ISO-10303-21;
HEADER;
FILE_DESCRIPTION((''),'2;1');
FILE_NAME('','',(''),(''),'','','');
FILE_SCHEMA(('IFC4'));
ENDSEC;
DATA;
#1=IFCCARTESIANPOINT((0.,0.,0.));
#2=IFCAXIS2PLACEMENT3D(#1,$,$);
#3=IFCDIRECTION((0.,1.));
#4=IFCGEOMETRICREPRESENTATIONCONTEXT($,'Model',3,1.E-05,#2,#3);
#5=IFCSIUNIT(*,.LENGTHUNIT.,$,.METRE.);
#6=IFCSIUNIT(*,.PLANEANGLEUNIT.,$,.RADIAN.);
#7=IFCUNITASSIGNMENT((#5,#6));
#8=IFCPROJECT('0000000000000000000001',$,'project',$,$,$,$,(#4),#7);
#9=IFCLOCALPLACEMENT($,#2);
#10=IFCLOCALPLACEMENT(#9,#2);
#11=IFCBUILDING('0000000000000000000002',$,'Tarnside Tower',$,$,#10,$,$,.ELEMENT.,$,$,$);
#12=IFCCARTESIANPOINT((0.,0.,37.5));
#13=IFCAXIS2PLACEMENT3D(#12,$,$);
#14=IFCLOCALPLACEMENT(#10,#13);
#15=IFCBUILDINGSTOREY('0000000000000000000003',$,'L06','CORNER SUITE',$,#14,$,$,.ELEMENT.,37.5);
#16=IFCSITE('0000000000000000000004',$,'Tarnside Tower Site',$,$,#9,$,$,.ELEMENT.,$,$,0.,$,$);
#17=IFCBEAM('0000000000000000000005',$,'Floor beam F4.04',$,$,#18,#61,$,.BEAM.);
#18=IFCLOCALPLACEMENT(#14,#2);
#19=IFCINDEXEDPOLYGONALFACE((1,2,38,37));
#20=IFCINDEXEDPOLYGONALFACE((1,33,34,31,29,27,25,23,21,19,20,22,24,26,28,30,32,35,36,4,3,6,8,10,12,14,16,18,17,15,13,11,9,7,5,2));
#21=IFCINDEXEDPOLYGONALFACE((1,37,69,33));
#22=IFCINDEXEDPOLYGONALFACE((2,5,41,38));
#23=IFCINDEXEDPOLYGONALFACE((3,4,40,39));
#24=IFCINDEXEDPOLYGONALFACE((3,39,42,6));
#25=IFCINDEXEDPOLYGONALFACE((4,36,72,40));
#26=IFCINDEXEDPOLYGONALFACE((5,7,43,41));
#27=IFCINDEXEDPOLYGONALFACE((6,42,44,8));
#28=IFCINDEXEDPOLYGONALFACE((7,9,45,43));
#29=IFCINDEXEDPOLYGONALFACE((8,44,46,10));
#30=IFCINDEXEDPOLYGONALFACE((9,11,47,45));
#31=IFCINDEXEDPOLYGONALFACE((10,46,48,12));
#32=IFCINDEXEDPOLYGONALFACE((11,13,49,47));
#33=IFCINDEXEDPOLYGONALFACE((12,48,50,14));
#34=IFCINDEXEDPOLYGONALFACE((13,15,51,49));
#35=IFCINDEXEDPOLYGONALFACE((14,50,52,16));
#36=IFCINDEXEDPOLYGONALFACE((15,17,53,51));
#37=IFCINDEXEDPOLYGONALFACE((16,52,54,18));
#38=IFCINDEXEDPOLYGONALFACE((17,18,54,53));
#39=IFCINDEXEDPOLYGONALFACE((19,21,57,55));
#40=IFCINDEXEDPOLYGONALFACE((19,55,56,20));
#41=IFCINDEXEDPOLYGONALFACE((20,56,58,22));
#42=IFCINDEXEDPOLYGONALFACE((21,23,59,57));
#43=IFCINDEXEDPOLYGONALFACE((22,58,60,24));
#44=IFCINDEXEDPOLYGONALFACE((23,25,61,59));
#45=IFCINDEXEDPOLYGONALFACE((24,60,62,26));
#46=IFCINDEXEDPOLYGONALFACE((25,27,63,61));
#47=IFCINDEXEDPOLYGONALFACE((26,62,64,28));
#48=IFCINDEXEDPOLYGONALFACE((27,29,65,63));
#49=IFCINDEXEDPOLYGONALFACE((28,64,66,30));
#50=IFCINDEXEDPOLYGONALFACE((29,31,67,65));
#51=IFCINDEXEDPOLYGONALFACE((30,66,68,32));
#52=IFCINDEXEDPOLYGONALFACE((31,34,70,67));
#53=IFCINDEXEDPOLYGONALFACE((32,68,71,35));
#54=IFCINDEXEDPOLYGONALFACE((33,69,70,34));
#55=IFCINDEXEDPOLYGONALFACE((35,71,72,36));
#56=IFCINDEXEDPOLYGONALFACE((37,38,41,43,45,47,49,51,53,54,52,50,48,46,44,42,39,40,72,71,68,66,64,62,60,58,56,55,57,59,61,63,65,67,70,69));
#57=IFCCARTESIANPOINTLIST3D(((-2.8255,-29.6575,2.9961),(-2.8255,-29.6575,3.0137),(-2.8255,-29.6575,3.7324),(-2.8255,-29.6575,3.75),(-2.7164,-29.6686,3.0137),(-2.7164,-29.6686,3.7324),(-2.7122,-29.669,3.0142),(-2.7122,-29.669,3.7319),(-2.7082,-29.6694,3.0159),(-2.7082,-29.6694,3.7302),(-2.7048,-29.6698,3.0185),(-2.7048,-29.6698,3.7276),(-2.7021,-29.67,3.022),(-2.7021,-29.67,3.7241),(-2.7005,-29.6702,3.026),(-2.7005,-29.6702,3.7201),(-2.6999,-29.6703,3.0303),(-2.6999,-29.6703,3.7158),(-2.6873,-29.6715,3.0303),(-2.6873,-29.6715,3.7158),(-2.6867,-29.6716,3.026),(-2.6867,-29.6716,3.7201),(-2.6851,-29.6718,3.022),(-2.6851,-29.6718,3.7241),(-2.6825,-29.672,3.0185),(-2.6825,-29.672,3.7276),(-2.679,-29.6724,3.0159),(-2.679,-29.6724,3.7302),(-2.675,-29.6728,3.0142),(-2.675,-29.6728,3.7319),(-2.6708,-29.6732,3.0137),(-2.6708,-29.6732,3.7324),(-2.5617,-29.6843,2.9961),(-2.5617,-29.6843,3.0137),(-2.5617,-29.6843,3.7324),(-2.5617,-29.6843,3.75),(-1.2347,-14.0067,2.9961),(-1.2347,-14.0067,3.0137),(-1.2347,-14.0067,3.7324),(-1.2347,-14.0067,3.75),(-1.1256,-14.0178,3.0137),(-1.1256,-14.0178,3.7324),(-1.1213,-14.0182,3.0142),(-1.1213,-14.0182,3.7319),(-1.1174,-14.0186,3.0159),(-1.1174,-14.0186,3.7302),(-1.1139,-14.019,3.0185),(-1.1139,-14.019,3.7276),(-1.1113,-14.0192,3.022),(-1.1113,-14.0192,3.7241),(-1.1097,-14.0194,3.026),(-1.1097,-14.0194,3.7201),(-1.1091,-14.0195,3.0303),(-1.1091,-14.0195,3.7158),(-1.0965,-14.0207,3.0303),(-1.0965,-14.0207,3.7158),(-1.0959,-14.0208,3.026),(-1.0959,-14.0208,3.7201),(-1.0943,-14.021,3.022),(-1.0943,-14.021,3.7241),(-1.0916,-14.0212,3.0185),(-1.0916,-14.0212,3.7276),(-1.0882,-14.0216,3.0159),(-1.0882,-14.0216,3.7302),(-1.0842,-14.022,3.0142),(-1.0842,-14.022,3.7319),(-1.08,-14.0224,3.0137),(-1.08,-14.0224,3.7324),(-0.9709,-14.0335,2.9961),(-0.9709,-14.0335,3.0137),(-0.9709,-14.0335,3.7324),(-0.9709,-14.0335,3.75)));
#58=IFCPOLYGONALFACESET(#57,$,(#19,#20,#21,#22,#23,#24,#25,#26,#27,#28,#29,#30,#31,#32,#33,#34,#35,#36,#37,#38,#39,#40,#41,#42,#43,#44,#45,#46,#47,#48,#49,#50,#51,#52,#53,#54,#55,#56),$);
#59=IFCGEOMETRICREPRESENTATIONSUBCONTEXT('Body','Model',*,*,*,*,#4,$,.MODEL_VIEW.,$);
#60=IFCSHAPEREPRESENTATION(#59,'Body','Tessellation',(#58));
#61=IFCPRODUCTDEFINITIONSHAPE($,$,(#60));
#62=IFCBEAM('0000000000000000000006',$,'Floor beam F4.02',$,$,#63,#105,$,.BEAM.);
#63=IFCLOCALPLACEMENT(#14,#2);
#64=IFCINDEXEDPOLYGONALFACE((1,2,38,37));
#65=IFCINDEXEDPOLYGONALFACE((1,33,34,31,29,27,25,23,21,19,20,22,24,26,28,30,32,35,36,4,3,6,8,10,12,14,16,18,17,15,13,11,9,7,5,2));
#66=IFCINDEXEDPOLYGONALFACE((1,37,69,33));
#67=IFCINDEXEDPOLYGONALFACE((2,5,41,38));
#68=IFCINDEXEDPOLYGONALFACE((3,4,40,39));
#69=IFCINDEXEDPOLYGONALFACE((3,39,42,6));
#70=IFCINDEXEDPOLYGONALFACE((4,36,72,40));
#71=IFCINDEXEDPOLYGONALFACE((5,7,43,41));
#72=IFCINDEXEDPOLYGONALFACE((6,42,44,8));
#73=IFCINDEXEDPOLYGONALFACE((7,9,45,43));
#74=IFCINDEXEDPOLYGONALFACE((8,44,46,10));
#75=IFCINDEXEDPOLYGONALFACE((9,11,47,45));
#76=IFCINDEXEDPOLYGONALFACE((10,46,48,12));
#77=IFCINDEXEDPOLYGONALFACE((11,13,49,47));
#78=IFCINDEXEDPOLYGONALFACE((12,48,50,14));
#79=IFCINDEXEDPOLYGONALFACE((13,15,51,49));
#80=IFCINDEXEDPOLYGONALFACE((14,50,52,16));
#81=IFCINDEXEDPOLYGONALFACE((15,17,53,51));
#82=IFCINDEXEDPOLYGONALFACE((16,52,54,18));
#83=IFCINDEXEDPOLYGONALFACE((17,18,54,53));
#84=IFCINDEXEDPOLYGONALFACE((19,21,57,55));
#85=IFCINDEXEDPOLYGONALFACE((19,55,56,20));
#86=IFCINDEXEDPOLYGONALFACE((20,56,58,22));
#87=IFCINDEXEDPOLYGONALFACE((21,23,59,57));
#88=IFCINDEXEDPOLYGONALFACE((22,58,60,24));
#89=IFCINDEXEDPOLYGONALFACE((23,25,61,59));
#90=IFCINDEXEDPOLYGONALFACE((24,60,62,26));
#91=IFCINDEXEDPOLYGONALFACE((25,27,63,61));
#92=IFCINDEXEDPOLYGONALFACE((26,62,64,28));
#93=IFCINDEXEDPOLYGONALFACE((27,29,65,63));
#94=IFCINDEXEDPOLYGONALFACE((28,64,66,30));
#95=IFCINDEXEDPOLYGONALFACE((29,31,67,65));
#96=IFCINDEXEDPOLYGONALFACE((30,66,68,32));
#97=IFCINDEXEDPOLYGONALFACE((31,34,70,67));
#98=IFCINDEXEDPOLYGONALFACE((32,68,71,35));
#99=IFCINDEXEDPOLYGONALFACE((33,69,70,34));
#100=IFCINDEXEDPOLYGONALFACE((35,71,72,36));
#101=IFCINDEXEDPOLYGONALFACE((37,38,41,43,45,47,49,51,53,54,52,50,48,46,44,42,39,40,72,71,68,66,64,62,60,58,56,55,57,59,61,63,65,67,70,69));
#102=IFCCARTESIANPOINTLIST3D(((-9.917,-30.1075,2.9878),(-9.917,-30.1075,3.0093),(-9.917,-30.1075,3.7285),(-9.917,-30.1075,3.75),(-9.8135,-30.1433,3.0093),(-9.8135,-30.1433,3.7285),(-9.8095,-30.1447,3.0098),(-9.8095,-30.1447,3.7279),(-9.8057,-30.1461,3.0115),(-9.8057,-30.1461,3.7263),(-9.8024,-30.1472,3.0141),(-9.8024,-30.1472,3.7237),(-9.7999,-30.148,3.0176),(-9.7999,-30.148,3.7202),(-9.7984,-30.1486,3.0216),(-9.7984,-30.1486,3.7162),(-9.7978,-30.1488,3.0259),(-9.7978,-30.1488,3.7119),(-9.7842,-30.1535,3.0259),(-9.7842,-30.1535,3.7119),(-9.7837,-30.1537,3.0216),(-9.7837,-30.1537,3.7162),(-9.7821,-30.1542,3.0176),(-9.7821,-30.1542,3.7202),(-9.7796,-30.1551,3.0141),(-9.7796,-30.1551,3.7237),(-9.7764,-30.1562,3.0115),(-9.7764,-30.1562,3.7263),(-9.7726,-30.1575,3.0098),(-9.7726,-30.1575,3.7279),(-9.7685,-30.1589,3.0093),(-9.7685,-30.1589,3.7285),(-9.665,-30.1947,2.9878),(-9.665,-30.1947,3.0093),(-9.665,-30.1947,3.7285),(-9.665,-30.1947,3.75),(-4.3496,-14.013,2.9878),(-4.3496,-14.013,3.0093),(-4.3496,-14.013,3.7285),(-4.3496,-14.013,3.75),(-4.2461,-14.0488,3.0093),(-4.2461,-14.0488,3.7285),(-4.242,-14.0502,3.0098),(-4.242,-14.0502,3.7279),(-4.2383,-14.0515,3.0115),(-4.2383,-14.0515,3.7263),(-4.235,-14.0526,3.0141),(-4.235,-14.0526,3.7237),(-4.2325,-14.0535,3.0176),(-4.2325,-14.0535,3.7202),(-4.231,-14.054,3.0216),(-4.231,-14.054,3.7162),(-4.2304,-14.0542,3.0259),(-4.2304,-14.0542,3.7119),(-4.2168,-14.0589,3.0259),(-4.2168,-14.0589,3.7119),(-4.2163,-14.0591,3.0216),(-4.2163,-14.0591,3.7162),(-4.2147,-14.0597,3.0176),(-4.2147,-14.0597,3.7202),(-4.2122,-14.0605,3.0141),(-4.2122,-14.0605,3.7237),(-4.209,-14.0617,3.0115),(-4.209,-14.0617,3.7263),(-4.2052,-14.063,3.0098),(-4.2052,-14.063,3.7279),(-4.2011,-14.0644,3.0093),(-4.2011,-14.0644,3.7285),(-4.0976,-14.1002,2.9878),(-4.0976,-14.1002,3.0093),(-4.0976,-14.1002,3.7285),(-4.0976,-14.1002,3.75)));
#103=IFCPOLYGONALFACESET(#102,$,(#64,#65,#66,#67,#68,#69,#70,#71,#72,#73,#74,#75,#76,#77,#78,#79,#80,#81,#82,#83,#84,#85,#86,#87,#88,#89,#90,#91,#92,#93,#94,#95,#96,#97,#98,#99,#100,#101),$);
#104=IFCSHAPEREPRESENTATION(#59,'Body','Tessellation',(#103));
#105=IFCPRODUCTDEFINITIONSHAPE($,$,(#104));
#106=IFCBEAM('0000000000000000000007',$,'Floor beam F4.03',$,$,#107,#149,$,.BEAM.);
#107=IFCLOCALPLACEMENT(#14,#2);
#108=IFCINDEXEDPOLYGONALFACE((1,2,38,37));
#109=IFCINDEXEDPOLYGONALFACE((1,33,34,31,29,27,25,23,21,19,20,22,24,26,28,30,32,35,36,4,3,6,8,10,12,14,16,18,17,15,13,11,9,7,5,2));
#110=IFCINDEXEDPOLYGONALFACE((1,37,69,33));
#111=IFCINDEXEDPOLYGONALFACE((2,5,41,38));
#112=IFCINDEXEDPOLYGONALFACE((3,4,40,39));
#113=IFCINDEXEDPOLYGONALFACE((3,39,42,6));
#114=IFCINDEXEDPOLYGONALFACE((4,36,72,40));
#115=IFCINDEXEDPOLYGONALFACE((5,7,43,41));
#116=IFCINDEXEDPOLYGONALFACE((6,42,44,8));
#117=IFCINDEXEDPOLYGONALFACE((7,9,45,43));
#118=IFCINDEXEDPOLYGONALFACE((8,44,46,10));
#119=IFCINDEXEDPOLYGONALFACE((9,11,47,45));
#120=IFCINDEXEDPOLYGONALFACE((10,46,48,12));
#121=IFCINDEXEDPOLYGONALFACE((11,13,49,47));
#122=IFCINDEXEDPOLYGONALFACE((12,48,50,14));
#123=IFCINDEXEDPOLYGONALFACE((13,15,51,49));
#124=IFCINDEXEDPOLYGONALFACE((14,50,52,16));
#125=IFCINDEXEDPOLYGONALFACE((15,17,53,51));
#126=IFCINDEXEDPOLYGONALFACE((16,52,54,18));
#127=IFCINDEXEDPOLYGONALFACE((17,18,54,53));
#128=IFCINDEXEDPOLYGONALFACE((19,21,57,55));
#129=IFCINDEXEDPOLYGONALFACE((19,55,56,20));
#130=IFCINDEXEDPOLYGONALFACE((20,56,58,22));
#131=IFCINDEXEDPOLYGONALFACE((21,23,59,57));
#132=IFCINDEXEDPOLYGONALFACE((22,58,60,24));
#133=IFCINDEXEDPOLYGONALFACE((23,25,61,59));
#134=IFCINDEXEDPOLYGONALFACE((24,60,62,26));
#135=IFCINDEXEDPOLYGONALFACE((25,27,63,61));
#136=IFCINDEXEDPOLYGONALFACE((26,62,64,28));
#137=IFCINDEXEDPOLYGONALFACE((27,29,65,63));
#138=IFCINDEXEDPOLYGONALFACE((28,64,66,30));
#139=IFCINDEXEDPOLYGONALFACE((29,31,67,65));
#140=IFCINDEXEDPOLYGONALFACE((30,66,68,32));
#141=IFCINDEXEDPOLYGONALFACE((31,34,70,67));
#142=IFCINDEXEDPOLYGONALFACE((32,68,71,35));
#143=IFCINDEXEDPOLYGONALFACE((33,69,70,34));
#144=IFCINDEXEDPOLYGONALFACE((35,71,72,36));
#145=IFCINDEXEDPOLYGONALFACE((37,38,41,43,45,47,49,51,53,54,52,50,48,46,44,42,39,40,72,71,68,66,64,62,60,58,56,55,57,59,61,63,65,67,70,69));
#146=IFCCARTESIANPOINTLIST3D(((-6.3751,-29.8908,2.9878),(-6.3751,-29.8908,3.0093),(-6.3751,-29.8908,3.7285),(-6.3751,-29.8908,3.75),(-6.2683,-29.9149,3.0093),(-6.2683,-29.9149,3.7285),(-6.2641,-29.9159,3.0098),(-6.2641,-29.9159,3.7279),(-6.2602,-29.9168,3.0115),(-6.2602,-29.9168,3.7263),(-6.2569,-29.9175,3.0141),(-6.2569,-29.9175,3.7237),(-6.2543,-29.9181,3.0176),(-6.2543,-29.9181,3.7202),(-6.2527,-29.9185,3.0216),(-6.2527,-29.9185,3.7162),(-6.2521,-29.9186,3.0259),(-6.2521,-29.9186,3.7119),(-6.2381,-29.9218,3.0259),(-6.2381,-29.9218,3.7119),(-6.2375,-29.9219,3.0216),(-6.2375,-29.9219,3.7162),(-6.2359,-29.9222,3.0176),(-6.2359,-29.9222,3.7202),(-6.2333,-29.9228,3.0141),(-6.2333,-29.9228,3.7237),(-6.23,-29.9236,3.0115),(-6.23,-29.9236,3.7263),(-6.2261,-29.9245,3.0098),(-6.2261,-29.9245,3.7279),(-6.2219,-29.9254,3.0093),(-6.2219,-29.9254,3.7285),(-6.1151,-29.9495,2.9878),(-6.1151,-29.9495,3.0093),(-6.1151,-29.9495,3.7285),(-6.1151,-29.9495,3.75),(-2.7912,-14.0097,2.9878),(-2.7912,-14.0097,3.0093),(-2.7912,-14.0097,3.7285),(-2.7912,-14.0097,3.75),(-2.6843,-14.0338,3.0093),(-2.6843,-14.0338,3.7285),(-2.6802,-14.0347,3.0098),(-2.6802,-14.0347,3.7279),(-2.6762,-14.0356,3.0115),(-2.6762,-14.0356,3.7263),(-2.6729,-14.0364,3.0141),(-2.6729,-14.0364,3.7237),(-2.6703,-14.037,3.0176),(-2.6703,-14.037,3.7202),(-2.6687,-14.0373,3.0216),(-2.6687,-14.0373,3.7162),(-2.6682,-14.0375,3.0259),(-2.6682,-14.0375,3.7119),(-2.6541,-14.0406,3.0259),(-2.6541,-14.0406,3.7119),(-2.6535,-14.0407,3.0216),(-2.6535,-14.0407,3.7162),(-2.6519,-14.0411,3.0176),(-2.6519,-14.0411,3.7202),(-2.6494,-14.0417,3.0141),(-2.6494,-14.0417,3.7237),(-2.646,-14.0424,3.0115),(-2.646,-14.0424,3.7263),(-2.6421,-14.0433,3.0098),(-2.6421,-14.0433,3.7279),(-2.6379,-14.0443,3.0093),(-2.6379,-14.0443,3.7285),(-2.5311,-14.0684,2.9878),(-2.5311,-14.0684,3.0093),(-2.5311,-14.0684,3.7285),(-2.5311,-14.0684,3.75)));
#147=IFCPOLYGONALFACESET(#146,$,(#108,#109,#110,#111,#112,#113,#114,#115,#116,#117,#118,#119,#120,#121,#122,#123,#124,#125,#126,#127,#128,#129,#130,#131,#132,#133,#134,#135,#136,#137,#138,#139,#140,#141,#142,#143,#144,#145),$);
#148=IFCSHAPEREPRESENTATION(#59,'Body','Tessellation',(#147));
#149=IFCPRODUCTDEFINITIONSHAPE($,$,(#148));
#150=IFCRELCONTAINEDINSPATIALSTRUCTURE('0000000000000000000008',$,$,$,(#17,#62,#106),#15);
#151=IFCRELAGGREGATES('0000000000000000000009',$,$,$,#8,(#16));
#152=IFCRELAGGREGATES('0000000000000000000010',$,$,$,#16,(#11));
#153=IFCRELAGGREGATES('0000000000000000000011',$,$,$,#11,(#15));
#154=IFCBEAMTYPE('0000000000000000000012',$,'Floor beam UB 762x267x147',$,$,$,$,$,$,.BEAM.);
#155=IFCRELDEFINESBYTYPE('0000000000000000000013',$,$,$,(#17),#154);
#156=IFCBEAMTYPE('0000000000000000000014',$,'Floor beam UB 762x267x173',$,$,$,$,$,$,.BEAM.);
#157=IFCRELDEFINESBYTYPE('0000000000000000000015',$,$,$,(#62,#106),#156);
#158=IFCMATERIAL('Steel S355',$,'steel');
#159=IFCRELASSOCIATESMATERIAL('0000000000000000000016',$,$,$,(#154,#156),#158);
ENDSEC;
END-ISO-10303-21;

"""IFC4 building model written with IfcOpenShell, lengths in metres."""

from ifc_helpers import new_model, si_unit, direction, frame, origin, origin_2d, place, context, subcontext, project, spatial, i_section, extrude, material, material_profile, profile_set, type_object, element, save


model = new_model("IFC4")

# Units and contexts
model_context = context("Model", 3, precision=1e-05, world=origin(), true_north=direction((0.0, 1.0)))
body_context = subcontext(model_context, "Body", "Model", "MODEL_VIEW")
ifc_project = project(units=[si_unit("LENGTHUNIT", "METRE"), si_unit("PLANEANGLEUNIT", "RADIAN")], contexts=[model_context])

# Site, building, storey
site_placement = place(None, origin())
site = spatial("IfcSite", under=ifc_project, at=site_placement, Name="Tarnside Tower Site", CompositionType="ELEMENT", RefElevation=0.0)
building_placement = place(site_placement, origin())
building = spatial("IfcBuilding", under=site, at=building_placement, Name="Tarnside Tower", CompositionType="ELEMENT")
storey_placement = place(building_placement, frame((0.0, 0.0, 37.5)))
storey = spatial("IfcBuildingStorey", under=building, at=storey_placement, Name="L06", Description="CORNER SUITE", CompositionType="ELEMENT", Elevation=37.5)

# Beams
ifc_material_1 = material(Name="Steel S355", Category="steel")
ifc_material_profile_1 = material_profile(ifc_material_1, i_section(OverallWidth=0.2651, OverallDepth=0.7539, WebThickness=0.0127, FlangeThickness=0.0176, FilletRadius=0.0166, at=origin_2d()), Name="UB 762x267x147")
ifc_profile_set_1 = profile_set([ifc_material_profile_1], Name="Steel S355")
beam_type_1 = type_object("IfcBeamType", Name="Floor beam UB 762x267x147", PredefinedType="BEAM", material=ifc_profile_set_1)
beam_1_placement = place(storey_placement, frame((-2.6936, -29.6709, 3.373), z_axis=(0.101123, 0.994874, 0.0), x_axis=(-0.994874, 0.101123, 0.0)))
element("IfcBeam", 1, at=beam_1_placement, inside=storey, type_object=beam_type_1, Name="Floor beam F4.04", PredefinedType="BEAM", context=body_context, shape_type="SweptSolid", body=[
    extrude(i_section(OverallWidth=0.2651, OverallDepth=0.7539, WebThickness=0.0127, FlangeThickness=0.0176, FilletRadius=0.0166, at=origin_2d()), origin(), (0.0, 0.0, 1.0), 15.7314),
])
ifc_material_profile_2 = material_profile(ifc_material_1, i_section(OverallWidth=0.2666, OverallDepth=0.7622, WebThickness=0.0144, FlangeThickness=0.0215, FilletRadius=0.0166, at=origin_2d()), Name="UB 762x267x173")
ifc_profile_set_2 = profile_set([ifc_material_profile_2], Name="Steel S355")
beam_type_2 = type_object("IfcBeamType", Name="Floor beam UB 762x267x173", PredefinedType="BEAM", material=ifc_profile_set_2)
beam_2_placement = place(storey_placement, frame((-9.791, -30.1511, 3.3689), z_axis=(0.326912, 0.945055, 0.0), x_axis=(-0.945055, 0.326912, 0.0)))
element("IfcBeam", 2, at=beam_2_placement, inside=storey, type_object=beam_type_2, Name="Floor beam F4.02", PredefinedType="BEAM", context=body_context, shape_type="SweptSolid", body=[
    extrude(i_section(OverallWidth=0.2666, OverallDepth=0.7622, WebThickness=0.0144, FlangeThickness=0.0215, FilletRadius=0.0166, at=origin_2d()), origin(), (0.0, 0.0, 1.0), 17.0303),
])
beam_3_placement = place(storey_placement, frame((-6.2451, -29.9202, 3.3689), z_axis=(0.22014, 0.975468, 0.0), x_axis=(-0.975468, 0.22014, 0.0)))
element("IfcBeam", 3, at=beam_3_placement, inside=storey, type_object=beam_type_2, Name="Floor beam F4.03", PredefinedType="BEAM", context=body_context, shape_type="SweptSolid", body=[
    extrude(i_section(OverallWidth=0.2666, OverallDepth=0.7622, WebThickness=0.0144, FlangeThickness=0.0215, FilletRadius=0.0166, at=origin_2d()), origin(), (0.0, 0.0, 1.0), 16.2805),
])

save(model, "model.ifc")
